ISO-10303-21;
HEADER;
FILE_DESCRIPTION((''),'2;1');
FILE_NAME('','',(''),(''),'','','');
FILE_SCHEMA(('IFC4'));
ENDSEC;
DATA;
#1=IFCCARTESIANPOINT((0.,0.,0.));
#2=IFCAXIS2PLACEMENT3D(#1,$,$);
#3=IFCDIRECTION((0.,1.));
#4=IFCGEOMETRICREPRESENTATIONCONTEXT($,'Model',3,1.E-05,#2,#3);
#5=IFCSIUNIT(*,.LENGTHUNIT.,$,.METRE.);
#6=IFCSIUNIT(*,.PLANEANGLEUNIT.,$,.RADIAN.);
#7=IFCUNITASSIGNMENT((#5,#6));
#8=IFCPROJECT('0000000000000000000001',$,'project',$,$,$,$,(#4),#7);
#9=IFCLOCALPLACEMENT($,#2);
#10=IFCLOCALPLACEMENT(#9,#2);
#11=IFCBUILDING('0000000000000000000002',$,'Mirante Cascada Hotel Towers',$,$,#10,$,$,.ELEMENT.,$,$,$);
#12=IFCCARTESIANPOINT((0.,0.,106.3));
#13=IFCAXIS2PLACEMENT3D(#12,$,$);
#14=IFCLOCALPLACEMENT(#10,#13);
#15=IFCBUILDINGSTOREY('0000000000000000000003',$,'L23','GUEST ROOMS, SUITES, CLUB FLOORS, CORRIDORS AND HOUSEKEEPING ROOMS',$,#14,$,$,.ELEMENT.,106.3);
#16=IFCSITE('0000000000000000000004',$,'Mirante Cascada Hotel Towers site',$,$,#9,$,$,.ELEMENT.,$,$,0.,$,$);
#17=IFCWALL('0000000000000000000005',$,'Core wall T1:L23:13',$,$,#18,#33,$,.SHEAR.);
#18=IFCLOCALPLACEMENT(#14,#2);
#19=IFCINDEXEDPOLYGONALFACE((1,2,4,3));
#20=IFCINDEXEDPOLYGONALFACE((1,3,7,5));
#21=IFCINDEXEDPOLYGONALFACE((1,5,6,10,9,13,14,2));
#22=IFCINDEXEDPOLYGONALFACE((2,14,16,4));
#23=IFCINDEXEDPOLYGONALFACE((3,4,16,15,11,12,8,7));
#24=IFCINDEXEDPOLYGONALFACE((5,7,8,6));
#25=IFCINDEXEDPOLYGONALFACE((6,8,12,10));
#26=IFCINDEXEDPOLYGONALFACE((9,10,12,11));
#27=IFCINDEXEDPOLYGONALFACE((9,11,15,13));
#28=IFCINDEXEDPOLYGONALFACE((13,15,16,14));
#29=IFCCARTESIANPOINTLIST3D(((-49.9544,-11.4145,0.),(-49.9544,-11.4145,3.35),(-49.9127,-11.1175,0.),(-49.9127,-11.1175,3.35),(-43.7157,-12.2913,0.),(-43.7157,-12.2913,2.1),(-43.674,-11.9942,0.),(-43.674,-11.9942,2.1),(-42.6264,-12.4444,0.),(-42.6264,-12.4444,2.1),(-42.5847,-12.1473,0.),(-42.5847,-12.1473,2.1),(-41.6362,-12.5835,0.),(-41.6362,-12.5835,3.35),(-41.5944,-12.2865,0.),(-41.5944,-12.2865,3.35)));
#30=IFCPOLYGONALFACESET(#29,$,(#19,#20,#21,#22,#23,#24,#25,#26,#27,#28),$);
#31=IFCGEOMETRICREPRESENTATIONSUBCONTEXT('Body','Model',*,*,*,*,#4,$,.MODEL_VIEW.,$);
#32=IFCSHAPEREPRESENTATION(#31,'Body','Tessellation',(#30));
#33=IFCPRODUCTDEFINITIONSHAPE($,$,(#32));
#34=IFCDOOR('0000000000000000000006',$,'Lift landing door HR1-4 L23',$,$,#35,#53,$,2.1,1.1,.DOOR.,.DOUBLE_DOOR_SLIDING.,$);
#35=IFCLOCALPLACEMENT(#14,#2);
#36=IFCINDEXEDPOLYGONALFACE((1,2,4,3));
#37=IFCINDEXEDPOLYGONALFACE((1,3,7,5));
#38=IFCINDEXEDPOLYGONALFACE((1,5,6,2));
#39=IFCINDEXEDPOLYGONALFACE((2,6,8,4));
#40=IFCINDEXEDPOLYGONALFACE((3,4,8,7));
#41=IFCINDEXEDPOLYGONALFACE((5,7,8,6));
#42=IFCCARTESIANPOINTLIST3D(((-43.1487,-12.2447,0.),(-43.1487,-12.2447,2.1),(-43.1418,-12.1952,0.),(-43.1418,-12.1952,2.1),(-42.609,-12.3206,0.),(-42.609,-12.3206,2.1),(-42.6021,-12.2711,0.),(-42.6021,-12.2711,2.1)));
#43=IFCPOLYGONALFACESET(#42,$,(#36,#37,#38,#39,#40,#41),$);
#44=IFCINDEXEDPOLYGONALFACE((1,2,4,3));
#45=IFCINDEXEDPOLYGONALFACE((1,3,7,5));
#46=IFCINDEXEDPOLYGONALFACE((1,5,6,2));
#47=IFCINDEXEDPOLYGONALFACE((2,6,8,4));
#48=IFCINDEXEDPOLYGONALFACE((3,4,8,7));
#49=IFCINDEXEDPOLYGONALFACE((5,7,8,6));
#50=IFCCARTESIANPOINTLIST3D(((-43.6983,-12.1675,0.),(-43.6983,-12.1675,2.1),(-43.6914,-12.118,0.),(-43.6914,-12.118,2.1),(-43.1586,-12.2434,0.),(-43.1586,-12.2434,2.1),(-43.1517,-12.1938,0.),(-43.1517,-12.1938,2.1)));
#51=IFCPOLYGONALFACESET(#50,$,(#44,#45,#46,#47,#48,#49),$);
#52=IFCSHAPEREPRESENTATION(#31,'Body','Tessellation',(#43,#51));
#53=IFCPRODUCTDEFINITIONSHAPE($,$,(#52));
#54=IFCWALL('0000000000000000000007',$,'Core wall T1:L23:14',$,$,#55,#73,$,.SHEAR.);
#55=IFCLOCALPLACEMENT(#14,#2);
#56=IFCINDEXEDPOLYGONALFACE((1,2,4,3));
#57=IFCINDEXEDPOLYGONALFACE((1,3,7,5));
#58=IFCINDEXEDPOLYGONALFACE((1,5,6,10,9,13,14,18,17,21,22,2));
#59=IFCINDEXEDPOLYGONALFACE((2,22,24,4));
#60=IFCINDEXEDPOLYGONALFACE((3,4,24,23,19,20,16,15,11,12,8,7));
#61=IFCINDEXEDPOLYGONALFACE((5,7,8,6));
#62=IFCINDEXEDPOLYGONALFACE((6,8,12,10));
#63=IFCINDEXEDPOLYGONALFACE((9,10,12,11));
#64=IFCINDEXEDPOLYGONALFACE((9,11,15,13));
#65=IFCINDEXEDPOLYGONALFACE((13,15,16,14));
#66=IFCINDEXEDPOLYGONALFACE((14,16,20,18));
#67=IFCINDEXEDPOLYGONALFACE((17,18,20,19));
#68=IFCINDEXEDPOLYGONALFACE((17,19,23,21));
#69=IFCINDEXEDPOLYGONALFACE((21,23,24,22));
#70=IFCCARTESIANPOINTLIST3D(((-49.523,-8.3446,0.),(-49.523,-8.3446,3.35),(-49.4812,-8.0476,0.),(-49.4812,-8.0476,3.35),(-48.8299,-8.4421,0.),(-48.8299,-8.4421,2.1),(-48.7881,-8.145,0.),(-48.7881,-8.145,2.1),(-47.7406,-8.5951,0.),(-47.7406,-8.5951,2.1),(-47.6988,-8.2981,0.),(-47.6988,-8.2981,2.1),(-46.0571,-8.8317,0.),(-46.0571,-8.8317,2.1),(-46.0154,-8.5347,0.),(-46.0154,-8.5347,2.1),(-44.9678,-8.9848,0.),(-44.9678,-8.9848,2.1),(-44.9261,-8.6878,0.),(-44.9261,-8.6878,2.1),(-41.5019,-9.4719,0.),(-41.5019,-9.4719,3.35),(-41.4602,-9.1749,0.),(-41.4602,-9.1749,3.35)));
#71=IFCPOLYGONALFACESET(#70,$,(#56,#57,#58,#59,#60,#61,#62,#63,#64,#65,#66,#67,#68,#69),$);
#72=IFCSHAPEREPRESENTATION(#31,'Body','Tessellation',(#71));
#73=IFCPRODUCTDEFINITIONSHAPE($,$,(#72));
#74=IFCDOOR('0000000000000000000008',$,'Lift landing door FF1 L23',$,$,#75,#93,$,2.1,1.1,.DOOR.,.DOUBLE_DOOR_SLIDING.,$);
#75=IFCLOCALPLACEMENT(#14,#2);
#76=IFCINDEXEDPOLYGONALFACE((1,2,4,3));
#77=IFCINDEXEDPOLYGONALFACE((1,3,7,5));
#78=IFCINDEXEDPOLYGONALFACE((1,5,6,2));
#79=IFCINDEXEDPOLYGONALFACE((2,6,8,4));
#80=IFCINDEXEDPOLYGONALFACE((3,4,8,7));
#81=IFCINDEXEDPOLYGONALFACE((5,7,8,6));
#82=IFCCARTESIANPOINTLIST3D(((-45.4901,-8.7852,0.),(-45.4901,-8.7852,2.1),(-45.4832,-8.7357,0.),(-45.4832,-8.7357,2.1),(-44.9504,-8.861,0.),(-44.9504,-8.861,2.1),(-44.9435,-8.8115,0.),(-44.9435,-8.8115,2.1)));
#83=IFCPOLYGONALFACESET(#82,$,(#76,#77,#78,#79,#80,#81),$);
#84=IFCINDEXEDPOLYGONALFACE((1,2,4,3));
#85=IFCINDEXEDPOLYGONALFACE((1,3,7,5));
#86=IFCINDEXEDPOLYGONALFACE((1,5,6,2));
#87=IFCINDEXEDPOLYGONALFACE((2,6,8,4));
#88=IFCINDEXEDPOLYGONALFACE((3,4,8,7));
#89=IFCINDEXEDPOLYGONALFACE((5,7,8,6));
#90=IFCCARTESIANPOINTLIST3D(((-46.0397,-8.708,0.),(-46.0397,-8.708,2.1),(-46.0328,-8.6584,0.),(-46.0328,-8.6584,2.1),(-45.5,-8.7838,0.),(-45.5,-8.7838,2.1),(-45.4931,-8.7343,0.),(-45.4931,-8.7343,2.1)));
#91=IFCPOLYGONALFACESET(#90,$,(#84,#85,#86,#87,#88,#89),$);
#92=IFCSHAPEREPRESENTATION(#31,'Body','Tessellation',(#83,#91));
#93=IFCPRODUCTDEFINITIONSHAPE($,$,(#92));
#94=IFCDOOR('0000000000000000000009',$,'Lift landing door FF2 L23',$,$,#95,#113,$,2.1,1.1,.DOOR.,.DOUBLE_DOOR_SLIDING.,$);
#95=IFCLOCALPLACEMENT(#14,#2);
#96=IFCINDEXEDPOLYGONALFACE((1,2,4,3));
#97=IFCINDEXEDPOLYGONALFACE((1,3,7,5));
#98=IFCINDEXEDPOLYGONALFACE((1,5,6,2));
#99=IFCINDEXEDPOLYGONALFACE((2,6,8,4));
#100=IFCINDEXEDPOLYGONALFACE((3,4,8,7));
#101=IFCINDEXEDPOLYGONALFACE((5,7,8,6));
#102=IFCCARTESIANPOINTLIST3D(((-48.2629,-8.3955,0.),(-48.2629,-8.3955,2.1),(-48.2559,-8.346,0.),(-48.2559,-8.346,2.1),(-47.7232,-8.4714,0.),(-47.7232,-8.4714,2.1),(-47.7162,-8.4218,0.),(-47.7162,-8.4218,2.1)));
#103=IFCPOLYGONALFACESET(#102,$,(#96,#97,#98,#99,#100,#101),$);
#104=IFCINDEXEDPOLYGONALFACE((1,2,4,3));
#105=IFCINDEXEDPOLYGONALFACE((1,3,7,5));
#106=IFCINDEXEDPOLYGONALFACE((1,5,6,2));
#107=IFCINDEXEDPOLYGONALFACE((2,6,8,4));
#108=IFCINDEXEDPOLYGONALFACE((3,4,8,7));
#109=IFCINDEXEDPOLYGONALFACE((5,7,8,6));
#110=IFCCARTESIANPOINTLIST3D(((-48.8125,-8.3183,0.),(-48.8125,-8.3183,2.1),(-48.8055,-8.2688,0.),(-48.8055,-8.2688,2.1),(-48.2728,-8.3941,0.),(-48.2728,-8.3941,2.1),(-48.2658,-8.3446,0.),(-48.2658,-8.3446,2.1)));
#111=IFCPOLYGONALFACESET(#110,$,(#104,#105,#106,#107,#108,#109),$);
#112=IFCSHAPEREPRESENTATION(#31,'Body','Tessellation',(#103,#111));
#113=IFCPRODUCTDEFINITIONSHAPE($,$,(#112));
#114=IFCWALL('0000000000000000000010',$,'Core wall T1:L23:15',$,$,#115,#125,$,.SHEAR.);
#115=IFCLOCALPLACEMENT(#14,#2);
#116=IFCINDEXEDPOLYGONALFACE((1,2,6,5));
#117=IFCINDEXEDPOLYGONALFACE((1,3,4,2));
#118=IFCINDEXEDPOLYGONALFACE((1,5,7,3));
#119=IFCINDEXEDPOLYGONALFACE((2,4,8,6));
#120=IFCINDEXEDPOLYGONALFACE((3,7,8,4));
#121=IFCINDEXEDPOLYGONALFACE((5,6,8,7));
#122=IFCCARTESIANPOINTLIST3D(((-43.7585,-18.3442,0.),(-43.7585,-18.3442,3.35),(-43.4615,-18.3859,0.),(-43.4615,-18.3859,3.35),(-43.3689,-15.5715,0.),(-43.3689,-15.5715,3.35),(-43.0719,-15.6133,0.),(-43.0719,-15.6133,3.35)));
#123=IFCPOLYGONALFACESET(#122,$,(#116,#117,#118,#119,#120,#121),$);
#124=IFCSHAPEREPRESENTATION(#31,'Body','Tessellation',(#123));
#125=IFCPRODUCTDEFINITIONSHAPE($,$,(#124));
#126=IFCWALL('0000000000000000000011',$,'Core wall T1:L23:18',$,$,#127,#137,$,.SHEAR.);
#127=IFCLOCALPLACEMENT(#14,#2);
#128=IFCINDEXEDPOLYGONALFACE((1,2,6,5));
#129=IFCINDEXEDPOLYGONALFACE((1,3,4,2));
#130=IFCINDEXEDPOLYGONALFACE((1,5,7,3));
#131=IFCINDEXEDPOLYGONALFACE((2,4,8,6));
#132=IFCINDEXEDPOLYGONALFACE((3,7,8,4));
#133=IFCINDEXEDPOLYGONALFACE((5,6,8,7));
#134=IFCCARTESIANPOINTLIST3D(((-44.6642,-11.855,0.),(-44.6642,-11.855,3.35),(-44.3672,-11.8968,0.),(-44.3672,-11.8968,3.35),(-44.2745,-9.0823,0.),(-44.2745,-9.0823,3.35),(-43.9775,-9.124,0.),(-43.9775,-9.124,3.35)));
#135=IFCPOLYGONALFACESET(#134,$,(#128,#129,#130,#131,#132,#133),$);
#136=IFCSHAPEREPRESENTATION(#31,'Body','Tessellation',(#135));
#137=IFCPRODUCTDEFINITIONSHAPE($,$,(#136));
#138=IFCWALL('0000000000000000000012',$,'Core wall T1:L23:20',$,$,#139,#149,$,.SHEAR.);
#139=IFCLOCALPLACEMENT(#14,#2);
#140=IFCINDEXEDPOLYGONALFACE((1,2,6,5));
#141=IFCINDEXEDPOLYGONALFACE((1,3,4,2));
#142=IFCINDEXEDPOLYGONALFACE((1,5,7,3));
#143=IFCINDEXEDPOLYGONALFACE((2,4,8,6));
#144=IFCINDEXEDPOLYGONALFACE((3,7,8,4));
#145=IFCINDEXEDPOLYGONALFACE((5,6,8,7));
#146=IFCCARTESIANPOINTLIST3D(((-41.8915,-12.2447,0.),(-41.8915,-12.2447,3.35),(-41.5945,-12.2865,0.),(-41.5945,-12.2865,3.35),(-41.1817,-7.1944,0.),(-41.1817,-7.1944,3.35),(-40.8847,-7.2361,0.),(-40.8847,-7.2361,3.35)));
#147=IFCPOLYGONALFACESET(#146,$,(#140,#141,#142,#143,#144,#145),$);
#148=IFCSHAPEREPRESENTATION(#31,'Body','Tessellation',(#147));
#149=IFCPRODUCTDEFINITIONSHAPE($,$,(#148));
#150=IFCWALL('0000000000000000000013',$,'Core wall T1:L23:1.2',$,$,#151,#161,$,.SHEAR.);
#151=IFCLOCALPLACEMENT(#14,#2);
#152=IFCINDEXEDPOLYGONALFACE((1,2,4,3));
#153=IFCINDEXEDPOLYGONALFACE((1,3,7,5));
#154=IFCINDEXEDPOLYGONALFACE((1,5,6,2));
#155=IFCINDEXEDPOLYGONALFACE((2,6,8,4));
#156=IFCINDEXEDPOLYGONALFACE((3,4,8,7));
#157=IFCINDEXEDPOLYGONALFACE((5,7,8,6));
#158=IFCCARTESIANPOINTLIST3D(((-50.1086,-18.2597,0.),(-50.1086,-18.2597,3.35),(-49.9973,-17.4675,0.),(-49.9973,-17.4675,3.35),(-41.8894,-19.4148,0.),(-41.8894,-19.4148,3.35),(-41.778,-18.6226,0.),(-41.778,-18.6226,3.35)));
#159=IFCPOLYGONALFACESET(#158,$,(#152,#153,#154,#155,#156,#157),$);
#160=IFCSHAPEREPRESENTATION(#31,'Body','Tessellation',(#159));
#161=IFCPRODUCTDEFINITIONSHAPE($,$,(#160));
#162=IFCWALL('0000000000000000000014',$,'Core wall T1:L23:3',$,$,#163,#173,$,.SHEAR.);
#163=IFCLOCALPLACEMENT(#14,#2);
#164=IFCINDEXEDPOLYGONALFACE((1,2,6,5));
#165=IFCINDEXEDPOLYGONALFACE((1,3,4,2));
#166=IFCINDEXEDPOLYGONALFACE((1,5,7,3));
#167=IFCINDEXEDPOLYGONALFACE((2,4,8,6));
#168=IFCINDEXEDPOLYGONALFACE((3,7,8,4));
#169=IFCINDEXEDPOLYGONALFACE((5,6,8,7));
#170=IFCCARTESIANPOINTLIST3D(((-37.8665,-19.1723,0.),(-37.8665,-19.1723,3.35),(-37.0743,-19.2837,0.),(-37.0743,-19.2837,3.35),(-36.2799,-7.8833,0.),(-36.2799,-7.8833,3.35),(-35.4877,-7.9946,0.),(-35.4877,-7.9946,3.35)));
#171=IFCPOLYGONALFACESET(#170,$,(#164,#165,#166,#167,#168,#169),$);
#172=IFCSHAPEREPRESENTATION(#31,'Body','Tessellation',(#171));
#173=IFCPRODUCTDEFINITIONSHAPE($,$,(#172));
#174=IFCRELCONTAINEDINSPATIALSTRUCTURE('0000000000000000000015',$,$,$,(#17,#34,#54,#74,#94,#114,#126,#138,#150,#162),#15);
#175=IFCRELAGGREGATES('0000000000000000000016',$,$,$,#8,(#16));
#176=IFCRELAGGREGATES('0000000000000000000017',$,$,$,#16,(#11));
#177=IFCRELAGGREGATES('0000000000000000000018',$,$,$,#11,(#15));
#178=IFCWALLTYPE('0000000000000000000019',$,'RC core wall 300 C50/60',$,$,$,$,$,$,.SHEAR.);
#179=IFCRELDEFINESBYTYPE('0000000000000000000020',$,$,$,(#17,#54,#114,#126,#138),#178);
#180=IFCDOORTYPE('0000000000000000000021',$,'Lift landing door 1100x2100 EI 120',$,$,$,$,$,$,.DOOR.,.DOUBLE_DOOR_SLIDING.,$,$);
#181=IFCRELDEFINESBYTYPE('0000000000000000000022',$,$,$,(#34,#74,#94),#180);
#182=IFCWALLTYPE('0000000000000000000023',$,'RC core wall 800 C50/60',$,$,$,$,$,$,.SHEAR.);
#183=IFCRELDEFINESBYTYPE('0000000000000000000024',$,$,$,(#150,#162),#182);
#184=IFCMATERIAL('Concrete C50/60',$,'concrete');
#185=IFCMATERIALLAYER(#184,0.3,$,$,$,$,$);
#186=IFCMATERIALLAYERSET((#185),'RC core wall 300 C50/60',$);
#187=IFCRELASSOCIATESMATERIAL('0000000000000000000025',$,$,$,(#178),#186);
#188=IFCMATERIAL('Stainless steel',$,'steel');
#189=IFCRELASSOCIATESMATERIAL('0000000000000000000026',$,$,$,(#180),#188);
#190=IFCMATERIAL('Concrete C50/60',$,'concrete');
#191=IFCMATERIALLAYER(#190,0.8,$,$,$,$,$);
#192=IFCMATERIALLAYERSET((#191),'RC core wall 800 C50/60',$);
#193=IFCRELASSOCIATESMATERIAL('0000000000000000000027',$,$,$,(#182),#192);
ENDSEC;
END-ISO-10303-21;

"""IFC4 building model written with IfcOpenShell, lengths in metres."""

from ifc_helpers import new_model, si_unit, direction, frame, frame_2d, origin, place, context, subcontext, project, spatial, rectangle, extrude, material, layer, layer_set, type_object, element, fill, save


model = new_model("IFC4")

# Units and contexts
model_context = context("Model", 3, precision=1e-05, world=origin(), true_north=direction((0.0, 1.0)))
body_context = subcontext(model_context, "Body", "Model", "MODEL_VIEW")
ifc_project = project(units=[si_unit("LENGTHUNIT", "METRE"), si_unit("PLANEANGLEUNIT", "RADIAN")], contexts=[model_context])

# Site, building, storey
site_placement = place(None, origin())
site = spatial("IfcSite", under=ifc_project, at=site_placement, Name="Mirante Cascada Hotel Towers site", CompositionType="ELEMENT", RefElevation=0.0)
building_placement = place(site_placement, origin())
building = spatial("IfcBuilding", under=site, at=building_placement, Name="Mirante Cascada Hotel Towers", CompositionType="ELEMENT")
storey_placement = place(building_placement, frame((0.0, 0.0, 106.3)))
storey = spatial("IfcBuildingStorey", under=building, at=storey_placement, Name="L23", Description="GUEST ROOMS, SUITES, CLUB FLOORS, CORRIDORS AND HOUSEKEEPING ROOMS", CompositionType="ELEMENT", Elevation=106.3)

# Shared definitions
ifc_material_1 = material(Name="Concrete C50/60", Category="concrete")
ifc_layer_1 = layer(ifc_material_1, 0.3)
ifc_layer_set_1 = layer_set([ifc_layer_1], Name="RC core wall 300 C50/60")
wall_type_1 = type_object("IfcWallType", Name="RC core wall 300 C50/60", PredefinedType="SHEAR", material=ifc_layer_set_1)

# Shared definitions
ifc_material_2 = material(Name="Stainless steel", Category="steel")
door_type_1 = type_object("IfcDoorType", Name="Lift landing door 1100x2100 EI 120", OperationType="DOUBLE_DOOR_SLIDING", PredefinedType="DOOR", material=ifc_material_2)

# Wall, opening, door
wall_1_placement = place(storey_placement, frame((-41.6153, -12.435, 0.0), z_axis=(0.0, 0.0, 1.0), x_axis=(-0.990269, 0.139166, 0.0)))
wall_1 = element("IfcWall", 1, at=wall_1_placement, inside=storey, type_object=wall_type_1, Name="Core wall T1:L23:13", PredefinedType="SHEAR", context=body_context, shape_type="SweptSolid", body=[
    extrude(rectangle(XDim=8.4, YDim=0.3, at=frame_2d((4.2, 0.0))), origin(), (0.0, 0.0, 1.0), 3.35),
])
opening_1_placement = place(wall_1_placement, frame((1.0, 0.0, 0.0)))
opening_1 = element("IfcOpeningElement", 2, at=opening_1_placement, cuts=wall_1, PredefinedType="OPENING", context=body_context, shape_type="SweptSolid", body=[
    extrude(rectangle(XDim=1.1, YDim=2.1, at=frame_2d((0.55, 1.05))), frame((0.0, 0.15, 0.0), z_axis=(0.0, -1.0, 0.0), x_axis=(1.0, 0.0, 0.0)), (0.0, 0.0, 1.0), 0.3),
])
door_1_placement = place(opening_1_placement, origin())
door_1 = element("IfcDoor", 3, at=door_1_placement, inside=storey, type_object=door_type_1, Name="Lift landing door HR1-4 L23", OperationType="DOUBLE_DOOR_SLIDING", OverallHeight=2.1, OverallWidth=1.1, PredefinedType="DOOR", context=body_context, shape_type="SweptSolid", body=[
    extrude(rectangle(XDim=0.545, YDim=2.1, at=frame_2d((0.2725, 1.05))), frame((0.0, 0.025, 0.0), z_axis=(0.0, -1.0, 0.0), x_axis=(1.0, 0.0, 0.0)), (0.0, 0.0, 1.0), 0.05),
    extrude(rectangle(XDim=0.545, YDim=2.1, at=frame_2d((0.8275, 1.05))), frame((0.0, 0.025, 0.0), z_axis=(0.0, -1.0, 0.0), x_axis=(1.0, 0.0, 0.0)), (0.0, 0.0, 1.0), 0.05),
])
fill(opening_1, door_1)

# Wall, openings, doors
wall_2_placement = place(storey_placement, frame((-41.481, -9.3234, 0.0), z_axis=(0.0, 0.0, 1.0), x_axis=(-0.990268, 0.139174, 0.0)))
wall_2 = element("IfcWall", 4, at=wall_2_placement, inside=storey, type_object=wall_type_1, Name="Core wall T1:L23:14", PredefinedType="SHEAR", context=body_context, shape_type="SweptSolid", body=[
    extrude(rectangle(XDim=8.0999, YDim=0.3, at=frame_2d((4.05, 0.0))), origin(), (0.0, 0.0, 1.0), 3.35),
])
opening_2_placement = place(wall_2_placement, frame((3.5, 0.0, 0.0)))
opening_2 = element("IfcOpeningElement", 5, at=opening_2_placement, cuts=wall_2, PredefinedType="OPENING", context=body_context, shape_type="SweptSolid", body=[
    extrude(rectangle(XDim=1.1, YDim=2.1, at=frame_2d((0.55, 1.05))), frame((0.0, 0.15, 0.0), z_axis=(0.0, -1.0, 0.0), x_axis=(1.0, 0.0, 0.0)), (0.0, 0.0, 1.0), 0.3),
])
opening_3_placement = place(wall_2_placement, frame((6.3, 0.0, 0.0)))
opening_3 = element("IfcOpeningElement", 6, at=opening_3_placement, cuts=wall_2, PredefinedType="OPENING", context=body_context, shape_type="SweptSolid", body=[
    extrude(rectangle(XDim=1.1, YDim=2.1, at=frame_2d((0.55, 1.05))), frame((0.0, 0.15, 0.0), z_axis=(0.0, -1.0, 0.0), x_axis=(1.0, 0.0, 0.0)), (0.0, 0.0, 1.0), 0.3),
])
door_2_placement = place(opening_2_placement, origin())
door_2 = element("IfcDoor", 7, at=door_2_placement, inside=storey, type_object=door_type_1, Name="Lift landing door FF1 L23", OperationType="DOUBLE_DOOR_SLIDING", OverallHeight=2.1, OverallWidth=1.1, PredefinedType="DOOR", context=body_context, shape_type="SweptSolid", body=[
    extrude(rectangle(XDim=0.545, YDim=2.1, at=frame_2d((0.2725, 1.05))), frame((0.0, 0.025, 0.0), z_axis=(0.0, -1.0, 0.0), x_axis=(1.0, 0.0, 0.0)), (0.0, 0.0, 1.0), 0.05),
    extrude(rectangle(XDim=0.545, YDim=2.1, at=frame_2d((0.8275, 1.05))), frame((0.0, 0.025, 0.0), z_axis=(0.0, -1.0, 0.0), x_axis=(1.0, 0.0, 0.0)), (0.0, 0.0, 1.0), 0.05),
])
fill(opening_2, door_2)
door_3_placement = place(opening_3_placement, origin())
door_3 = element("IfcDoor", 8, at=door_3_placement, inside=storey, type_object=door_type_1, Name="Lift landing door FF2 L23", OperationType="DOUBLE_DOOR_SLIDING", OverallHeight=2.1, OverallWidth=1.1, PredefinedType="DOOR", context=body_context, shape_type="SweptSolid", body=[
    extrude(rectangle(XDim=0.545, YDim=2.1, at=frame_2d((0.2725, 1.05))), frame((0.0, 0.025, 0.0), z_axis=(0.0, -1.0, 0.0), x_axis=(1.0, 0.0, 0.0)), (0.0, 0.0, 1.0), 0.05),
    extrude(rectangle(XDim=0.545, YDim=2.1, at=frame_2d((0.8275, 1.05))), frame((0.0, 0.025, 0.0), z_axis=(0.0, -1.0, 0.0), x_axis=(1.0, 0.0, 0.0)), (0.0, 0.0, 1.0), 0.05),
])
fill(opening_3, door_3)

# Walls
wall_3_placement = place(storey_placement, frame((-43.61, -18.3651, 0.0), z_axis=(0.0, 0.0, 1.0), x_axis=(0.139146, 0.990272, 0.0)))
element("IfcWall", 9, at=wall_3_placement, inside=storey, type_object=wall_type_1, Name="Core wall T1:L23:15", PredefinedType="SHEAR", context=body_context, shape_type="SweptSolid", body=[
    extrude(rectangle(XDim=2.7999, YDim=0.3, at=frame_2d((1.4, 0.0))), origin(), (0.0, 0.0, 1.0), 3.35),
])
wall_4_placement = place(storey_placement, frame((-44.5157, -11.8759, 0.0), z_axis=(0.0, 0.0, 1.0), x_axis=(0.139181, 0.990267, 0.0)))
element("IfcWall", 10, at=wall_4_placement, inside=storey, type_object=wall_type_1, Name="Core wall T1:L23:18", PredefinedType="SHEAR", context=body_context, shape_type="SweptSolid", body=[
    extrude(rectangle(XDim=2.8, YDim=0.3, at=frame_2d((1.4, 0.0))), origin(), (0.0, 0.0, 1.0), 3.35),
])
wall_5_placement = place(storey_placement, frame((-41.743, -12.2656, 0.0), z_axis=(0.0, 0.0, 1.0), x_axis=(0.139176, 0.990268, 0.0)))
element("IfcWall", 11, at=wall_5_placement, inside=storey, type_object=wall_type_1, Name="Core wall T1:L23:20", PredefinedType="SHEAR", context=body_context, shape_type="SweptSolid", body=[
    extrude(rectangle(XDim=5.1, YDim=0.3, at=frame_2d((2.55, 0.0))), origin(), (0.0, 0.0, 1.0), 3.35),
])
ifc_material_3 = material(Name="Concrete C50/60", Category="concrete")
ifc_layer_2 = layer(ifc_material_3, 0.8)
ifc_layer_set_2 = layer_set([ifc_layer_2], Name="RC core wall 800 C50/60")
wall_type_2 = type_object("IfcWallType", Name="RC core wall 800 C50/60", PredefinedType="SHEAR", material=ifc_layer_set_2)
wall_6_placement = place(storey_placement, frame((-41.8337, -19.0187, 0.0), z_axis=(0.0, 0.0, 1.0), x_axis=(-0.990269, 0.139169, 0.0)))
element("IfcWall", 12, at=wall_6_placement, inside=storey, type_object=wall_type_2, Name="Core wall T1:L23:1.2", PredefinedType="SHEAR", context=body_context, shape_type="SweptSolid", body=[
    extrude(rectangle(XDim=8.3, YDim=0.8, at=frame_2d((4.15, 0.0))), origin(), (0.0, 0.0, 1.0), 3.35),
])
wall_7_placement = place(storey_placement, frame((-37.4704, -19.228, 0.0), z_axis=(0.0, 0.0, 1.0), x_axis=(0.139175, 0.990268, 0.0)))
element("IfcWall", 13, at=wall_7_placement, inside=storey, type_object=wall_type_2, Name="Core wall T1:L23:3", PredefinedType="SHEAR", context=body_context, shape_type="SweptSolid", body=[
    extrude(rectangle(XDim=11.4, YDim=0.8, at=frame_2d((5.7, 0.0))), origin(), (0.0, 0.0, 1.0), 3.35),
])

save(model, "model.ifc")
